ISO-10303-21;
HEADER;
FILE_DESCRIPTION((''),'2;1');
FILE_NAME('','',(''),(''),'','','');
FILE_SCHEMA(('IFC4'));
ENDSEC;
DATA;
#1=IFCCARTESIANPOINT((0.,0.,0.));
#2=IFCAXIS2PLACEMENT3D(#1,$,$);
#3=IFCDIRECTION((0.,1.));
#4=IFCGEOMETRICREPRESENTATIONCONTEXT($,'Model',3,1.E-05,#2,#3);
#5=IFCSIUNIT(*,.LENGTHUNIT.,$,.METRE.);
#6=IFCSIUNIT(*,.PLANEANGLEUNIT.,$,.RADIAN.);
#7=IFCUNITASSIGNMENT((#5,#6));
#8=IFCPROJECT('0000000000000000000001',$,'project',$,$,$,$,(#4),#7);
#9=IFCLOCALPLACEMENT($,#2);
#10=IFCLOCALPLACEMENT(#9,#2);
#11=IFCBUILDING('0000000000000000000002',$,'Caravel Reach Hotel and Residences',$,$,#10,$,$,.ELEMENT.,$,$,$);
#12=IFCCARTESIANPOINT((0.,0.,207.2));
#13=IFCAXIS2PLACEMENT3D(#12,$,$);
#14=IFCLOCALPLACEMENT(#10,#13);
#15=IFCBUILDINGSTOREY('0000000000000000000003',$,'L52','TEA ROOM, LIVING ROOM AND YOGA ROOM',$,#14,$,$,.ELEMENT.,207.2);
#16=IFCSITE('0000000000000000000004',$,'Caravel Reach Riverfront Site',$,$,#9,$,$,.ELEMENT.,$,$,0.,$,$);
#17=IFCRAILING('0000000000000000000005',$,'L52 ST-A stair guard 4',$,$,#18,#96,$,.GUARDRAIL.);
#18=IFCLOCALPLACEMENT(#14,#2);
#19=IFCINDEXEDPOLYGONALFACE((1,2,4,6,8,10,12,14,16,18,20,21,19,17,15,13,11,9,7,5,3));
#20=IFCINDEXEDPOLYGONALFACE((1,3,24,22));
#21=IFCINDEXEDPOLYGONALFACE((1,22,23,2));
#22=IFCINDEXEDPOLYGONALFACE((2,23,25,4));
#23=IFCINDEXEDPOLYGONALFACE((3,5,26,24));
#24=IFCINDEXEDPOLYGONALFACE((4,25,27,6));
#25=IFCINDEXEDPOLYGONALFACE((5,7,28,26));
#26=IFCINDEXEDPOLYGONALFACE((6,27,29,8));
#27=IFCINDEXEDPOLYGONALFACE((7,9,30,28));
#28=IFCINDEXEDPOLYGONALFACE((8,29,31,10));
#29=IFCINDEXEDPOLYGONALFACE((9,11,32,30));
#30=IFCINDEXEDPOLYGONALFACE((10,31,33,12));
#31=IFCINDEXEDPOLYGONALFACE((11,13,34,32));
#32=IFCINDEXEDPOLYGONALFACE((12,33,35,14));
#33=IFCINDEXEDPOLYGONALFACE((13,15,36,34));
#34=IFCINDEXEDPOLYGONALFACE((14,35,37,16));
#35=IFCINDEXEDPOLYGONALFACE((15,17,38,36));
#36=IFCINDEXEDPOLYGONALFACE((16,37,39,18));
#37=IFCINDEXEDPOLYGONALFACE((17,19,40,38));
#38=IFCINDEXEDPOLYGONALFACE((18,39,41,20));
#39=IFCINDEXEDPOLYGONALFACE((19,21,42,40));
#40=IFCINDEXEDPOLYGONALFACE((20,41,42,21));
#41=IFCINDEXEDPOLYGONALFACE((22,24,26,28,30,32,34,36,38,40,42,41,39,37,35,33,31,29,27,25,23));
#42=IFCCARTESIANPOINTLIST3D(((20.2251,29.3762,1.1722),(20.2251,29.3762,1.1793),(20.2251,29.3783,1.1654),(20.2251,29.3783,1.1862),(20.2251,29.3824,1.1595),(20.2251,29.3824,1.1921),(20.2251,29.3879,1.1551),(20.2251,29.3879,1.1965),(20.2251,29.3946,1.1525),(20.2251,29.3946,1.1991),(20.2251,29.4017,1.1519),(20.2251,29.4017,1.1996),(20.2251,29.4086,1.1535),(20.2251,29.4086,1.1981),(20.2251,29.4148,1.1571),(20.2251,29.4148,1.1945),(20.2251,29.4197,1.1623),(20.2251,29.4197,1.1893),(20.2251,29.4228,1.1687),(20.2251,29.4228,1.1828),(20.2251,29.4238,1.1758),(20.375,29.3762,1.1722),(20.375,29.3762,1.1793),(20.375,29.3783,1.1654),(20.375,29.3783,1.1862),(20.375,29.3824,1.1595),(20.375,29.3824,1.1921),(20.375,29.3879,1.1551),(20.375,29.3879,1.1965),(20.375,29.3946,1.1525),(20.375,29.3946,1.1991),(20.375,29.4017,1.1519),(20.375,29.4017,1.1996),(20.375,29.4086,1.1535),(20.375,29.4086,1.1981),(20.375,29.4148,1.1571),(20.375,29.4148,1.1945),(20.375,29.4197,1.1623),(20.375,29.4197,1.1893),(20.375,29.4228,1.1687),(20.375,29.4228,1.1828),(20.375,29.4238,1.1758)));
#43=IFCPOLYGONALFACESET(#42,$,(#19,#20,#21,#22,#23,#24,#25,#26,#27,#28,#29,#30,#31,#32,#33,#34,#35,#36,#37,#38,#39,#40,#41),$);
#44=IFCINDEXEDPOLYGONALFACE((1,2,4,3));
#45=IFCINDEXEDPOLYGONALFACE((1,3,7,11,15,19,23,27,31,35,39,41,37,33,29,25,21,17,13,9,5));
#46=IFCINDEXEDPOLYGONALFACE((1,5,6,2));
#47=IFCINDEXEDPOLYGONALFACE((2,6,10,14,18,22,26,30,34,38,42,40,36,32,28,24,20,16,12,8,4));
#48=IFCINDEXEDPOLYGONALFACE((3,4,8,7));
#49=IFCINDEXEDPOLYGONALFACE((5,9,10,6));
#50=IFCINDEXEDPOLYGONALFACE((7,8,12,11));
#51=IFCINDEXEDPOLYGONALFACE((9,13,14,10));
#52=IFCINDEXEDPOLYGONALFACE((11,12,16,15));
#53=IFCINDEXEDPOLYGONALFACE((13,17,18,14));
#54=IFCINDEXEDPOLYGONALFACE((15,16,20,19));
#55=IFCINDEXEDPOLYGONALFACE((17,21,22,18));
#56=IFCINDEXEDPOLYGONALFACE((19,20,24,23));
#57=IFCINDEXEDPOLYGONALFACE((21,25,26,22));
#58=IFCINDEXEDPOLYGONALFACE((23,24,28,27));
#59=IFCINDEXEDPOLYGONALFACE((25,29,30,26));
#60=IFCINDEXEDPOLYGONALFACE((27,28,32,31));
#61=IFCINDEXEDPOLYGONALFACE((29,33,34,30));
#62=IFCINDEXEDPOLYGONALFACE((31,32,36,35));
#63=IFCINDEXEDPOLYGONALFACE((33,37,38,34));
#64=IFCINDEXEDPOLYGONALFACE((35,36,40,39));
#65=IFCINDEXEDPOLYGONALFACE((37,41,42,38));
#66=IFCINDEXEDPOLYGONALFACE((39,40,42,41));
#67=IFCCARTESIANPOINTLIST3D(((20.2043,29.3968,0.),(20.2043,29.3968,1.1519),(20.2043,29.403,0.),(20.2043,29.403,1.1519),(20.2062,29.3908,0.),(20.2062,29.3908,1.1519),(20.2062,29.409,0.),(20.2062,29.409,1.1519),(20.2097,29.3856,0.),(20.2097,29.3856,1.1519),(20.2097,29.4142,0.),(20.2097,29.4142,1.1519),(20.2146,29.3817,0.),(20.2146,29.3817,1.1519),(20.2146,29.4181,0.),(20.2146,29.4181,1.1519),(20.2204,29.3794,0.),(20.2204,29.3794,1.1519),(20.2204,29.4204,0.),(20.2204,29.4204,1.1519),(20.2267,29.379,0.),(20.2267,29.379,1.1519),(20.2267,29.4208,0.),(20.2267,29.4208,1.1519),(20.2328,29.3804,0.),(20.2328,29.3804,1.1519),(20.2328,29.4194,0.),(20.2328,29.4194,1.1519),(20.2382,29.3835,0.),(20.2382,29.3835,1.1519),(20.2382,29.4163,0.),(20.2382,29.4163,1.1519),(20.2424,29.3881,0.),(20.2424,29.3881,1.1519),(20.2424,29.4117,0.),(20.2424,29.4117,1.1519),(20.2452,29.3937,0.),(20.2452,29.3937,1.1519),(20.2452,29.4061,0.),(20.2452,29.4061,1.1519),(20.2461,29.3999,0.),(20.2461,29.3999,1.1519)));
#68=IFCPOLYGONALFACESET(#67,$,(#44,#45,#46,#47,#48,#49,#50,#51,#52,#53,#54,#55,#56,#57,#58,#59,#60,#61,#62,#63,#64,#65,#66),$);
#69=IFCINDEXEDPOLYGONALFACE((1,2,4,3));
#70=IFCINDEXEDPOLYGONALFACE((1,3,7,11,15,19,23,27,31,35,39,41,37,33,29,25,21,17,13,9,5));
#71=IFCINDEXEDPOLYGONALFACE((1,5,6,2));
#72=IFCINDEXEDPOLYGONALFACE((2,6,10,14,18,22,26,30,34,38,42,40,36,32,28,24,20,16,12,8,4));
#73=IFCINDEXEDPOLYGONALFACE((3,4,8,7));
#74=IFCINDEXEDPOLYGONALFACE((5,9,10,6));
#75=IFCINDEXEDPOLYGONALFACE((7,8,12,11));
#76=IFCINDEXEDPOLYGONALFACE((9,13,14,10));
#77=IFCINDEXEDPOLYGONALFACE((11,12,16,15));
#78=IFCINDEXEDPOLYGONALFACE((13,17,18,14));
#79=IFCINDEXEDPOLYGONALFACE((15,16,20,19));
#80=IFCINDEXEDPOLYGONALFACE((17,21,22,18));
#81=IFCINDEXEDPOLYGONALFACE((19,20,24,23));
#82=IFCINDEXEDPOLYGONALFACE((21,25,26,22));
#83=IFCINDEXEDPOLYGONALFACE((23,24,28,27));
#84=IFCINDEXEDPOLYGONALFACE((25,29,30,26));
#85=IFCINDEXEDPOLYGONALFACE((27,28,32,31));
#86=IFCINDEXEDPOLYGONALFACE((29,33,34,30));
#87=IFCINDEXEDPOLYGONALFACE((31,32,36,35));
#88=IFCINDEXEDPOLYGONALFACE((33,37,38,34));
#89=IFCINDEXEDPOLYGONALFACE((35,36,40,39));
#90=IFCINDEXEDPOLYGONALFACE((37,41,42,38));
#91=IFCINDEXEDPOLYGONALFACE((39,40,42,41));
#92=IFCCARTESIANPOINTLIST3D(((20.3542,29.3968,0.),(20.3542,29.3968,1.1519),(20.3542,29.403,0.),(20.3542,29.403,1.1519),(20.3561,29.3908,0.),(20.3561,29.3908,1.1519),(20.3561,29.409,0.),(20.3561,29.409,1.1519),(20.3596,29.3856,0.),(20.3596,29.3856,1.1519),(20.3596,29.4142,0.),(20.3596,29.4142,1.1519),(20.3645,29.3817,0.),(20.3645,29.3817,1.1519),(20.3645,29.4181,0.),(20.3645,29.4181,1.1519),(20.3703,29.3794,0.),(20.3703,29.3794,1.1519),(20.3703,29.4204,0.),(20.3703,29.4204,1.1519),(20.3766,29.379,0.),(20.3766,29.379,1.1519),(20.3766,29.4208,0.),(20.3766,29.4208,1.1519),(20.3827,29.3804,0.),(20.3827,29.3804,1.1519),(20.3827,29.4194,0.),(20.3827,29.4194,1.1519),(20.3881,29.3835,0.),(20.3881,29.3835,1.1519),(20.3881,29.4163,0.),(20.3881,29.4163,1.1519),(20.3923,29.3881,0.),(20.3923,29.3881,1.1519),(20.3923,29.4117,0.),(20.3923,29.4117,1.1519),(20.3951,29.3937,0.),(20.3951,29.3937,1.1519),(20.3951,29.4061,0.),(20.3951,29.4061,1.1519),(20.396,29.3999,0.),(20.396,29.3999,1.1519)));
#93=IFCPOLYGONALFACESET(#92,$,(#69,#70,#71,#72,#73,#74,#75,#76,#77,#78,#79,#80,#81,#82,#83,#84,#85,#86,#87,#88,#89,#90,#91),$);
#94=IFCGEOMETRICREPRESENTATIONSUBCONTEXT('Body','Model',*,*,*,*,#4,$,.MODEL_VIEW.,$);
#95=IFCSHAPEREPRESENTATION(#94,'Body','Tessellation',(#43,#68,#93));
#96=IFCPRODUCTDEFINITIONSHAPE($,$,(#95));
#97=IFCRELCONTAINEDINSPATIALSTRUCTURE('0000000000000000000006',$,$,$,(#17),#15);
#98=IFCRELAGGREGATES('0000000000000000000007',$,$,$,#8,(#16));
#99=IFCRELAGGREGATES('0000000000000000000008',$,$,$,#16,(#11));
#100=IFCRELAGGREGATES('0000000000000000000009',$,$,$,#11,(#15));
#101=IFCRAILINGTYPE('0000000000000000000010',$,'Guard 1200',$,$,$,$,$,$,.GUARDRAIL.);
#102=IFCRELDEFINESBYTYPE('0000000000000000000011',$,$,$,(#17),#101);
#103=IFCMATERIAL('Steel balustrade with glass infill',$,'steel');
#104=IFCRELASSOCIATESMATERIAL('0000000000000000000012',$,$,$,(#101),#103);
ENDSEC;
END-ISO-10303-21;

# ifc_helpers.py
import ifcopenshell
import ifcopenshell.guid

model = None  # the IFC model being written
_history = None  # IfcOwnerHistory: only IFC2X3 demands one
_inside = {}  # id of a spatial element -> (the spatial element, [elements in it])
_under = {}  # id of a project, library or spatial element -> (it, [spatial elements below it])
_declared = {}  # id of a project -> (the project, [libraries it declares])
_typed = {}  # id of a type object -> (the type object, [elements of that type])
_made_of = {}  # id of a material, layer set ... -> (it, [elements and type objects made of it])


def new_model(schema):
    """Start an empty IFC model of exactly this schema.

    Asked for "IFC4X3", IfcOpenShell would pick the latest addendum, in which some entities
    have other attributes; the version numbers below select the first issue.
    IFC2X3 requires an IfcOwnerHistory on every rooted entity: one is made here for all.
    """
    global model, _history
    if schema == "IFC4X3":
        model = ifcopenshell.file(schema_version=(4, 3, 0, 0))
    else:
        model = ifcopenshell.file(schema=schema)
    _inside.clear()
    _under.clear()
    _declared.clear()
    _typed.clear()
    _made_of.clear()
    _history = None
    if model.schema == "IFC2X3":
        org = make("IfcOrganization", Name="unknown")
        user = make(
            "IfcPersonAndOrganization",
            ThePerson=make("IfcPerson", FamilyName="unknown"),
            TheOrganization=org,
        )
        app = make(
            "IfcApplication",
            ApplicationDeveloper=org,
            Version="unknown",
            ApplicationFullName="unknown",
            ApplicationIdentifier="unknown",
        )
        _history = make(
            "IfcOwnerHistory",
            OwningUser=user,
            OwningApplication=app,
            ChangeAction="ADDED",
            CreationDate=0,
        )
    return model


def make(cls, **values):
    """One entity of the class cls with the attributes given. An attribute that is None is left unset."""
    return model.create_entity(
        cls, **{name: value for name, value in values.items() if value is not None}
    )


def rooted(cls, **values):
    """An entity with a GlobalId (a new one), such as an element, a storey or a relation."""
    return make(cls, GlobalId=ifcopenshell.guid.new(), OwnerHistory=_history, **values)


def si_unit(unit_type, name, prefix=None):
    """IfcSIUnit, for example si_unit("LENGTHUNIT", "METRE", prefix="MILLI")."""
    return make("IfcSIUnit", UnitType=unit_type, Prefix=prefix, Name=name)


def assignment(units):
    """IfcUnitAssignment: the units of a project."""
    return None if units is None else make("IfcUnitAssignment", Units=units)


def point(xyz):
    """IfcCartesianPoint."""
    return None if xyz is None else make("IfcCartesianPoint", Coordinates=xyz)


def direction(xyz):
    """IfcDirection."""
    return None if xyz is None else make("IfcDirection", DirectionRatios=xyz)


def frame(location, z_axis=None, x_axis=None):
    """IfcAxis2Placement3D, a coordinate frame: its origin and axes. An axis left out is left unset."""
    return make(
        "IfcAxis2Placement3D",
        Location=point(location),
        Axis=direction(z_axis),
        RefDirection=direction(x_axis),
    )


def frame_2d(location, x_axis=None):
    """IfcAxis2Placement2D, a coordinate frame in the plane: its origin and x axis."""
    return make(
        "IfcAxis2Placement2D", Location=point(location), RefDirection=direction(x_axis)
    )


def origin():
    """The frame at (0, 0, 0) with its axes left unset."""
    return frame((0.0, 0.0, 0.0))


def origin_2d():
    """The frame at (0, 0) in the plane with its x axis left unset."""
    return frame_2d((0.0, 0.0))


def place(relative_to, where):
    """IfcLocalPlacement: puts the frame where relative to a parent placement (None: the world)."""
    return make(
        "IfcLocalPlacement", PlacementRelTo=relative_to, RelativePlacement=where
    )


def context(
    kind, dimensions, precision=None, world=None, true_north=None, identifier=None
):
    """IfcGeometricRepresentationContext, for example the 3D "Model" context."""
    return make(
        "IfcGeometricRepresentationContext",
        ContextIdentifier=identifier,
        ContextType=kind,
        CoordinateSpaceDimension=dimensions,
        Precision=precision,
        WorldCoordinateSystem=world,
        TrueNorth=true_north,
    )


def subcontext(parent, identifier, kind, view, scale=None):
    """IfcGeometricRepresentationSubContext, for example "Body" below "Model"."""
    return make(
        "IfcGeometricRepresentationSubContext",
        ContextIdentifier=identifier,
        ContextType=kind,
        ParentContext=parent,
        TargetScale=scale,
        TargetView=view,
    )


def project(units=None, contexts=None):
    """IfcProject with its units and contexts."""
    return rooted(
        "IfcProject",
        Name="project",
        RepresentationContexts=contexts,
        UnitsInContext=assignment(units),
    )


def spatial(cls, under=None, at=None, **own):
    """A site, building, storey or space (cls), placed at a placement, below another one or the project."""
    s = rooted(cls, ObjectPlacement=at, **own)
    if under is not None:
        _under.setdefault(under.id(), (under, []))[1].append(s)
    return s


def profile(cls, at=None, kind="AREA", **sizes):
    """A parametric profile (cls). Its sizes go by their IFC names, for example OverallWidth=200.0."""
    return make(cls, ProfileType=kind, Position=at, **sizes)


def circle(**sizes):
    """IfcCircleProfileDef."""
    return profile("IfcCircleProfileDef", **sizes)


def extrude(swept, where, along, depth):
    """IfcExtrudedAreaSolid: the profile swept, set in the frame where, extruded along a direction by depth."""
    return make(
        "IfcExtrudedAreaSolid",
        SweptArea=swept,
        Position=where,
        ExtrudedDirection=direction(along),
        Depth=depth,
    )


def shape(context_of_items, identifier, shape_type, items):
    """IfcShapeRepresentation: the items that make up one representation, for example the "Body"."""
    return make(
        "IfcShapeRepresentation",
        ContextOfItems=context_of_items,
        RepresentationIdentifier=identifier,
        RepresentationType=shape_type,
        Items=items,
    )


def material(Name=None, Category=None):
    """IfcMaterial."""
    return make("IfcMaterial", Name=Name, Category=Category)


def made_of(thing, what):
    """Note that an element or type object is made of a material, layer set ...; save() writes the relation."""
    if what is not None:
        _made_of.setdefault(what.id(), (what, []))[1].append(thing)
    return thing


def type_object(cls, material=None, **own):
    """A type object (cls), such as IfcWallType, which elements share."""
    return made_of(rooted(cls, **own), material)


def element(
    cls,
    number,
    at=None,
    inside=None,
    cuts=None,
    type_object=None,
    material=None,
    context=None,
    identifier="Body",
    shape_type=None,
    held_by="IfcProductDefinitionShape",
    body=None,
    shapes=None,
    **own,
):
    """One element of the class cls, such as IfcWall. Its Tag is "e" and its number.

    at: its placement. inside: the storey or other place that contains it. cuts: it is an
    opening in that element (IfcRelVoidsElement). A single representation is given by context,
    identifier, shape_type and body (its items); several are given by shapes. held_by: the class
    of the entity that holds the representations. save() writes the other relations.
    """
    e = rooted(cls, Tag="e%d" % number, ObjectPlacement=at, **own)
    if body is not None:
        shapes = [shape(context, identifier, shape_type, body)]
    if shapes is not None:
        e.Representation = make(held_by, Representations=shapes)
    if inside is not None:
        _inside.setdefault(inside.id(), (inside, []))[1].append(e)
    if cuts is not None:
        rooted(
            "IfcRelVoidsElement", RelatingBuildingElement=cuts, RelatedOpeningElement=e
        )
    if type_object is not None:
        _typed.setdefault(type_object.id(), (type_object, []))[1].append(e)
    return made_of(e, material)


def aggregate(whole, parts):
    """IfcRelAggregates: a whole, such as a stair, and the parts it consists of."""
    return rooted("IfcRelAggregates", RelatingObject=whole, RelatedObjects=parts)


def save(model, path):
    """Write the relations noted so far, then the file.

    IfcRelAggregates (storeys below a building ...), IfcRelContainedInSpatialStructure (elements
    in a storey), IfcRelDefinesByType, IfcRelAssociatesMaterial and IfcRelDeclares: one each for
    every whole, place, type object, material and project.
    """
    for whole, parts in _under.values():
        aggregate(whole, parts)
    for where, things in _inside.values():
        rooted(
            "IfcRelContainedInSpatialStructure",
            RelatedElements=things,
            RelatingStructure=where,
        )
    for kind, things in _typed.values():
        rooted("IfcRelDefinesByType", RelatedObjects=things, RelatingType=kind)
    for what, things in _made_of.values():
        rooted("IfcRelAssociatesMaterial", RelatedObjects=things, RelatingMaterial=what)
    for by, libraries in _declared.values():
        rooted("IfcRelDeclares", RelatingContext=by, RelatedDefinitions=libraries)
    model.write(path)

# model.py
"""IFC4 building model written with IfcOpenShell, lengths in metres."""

from ifc_helpers import new_model, si_unit, direction, frame, origin, origin_2d, place, context, subcontext, project, spatial, circle, extrude, material, type_object, element, save


model = new_model("IFC4")

# Units and contexts
model_context = context("Model", 3, precision=1e-05, world=origin(), true_north=direction((0.0, 1.0)))
body_context = subcontext(model_context, "Body", "Model", "MODEL_VIEW")
ifc_project = project(units=[si_unit("LENGTHUNIT", "METRE"), si_unit("PLANEANGLEUNIT", "RADIAN")], contexts=[model_context])

# Site, building, storey
site_placement = place(None, origin())
site = spatial("IfcSite", under=ifc_project, at=site_placement, Name="Caravel Reach Riverfront Site", CompositionType="ELEMENT", RefElevation=0.0)
building_placement = place(site_placement, origin())
building = spatial("IfcBuilding", under=site, at=building_placement, Name="Caravel Reach Hotel and Residences", CompositionType="ELEMENT")
storey_placement = place(building_placement, frame((0.0, 0.0, 207.2)))
storey = spatial("IfcBuildingStorey", under=building, at=storey_placement, Name="L52", Description="TEA ROOM, LIVING ROOM AND YOGA ROOM", CompositionType="ELEMENT", Elevation=207.2)

# Railing
ifc_material_1 = material(Name="Steel balustrade with glass infill", Category="steel")
railing_type_1 = type_object("IfcRailingType", Name="Guard 1200", PredefinedType="GUARDRAIL", material=ifc_material_1)
railing_1_placement = place(storey_placement, frame((20.2251, 29.3999, 0.0)))
element("IfcRailing", 1, at=railing_1_placement, inside=storey, type_object=railing_type_1, Name="L52 ST-A stair guard 4", PredefinedType="GUARDRAIL", context=body_context, shape_type="SweptSolid", body=[
    extrude(circle(Radius=0.0239, at=origin_2d()), frame((0.0, 0.0, 1.1758), z_axis=(1.0, 0.0, 0.0), x_axis=(0.0, 1.0, 0.0)), (0.0, 0.0, 1.0), 0.1499),
    extrude(circle(Radius=0.021, at=origin_2d()), origin(), (0.0, 0.0, 1.0), 1.1519),
    extrude(circle(Radius=0.021, at=origin_2d()), frame((0.1499, 0.0, 0.0)), (0.0, 0.0, 1.0), 1.1519),
])

save(model, "model.ifc")
